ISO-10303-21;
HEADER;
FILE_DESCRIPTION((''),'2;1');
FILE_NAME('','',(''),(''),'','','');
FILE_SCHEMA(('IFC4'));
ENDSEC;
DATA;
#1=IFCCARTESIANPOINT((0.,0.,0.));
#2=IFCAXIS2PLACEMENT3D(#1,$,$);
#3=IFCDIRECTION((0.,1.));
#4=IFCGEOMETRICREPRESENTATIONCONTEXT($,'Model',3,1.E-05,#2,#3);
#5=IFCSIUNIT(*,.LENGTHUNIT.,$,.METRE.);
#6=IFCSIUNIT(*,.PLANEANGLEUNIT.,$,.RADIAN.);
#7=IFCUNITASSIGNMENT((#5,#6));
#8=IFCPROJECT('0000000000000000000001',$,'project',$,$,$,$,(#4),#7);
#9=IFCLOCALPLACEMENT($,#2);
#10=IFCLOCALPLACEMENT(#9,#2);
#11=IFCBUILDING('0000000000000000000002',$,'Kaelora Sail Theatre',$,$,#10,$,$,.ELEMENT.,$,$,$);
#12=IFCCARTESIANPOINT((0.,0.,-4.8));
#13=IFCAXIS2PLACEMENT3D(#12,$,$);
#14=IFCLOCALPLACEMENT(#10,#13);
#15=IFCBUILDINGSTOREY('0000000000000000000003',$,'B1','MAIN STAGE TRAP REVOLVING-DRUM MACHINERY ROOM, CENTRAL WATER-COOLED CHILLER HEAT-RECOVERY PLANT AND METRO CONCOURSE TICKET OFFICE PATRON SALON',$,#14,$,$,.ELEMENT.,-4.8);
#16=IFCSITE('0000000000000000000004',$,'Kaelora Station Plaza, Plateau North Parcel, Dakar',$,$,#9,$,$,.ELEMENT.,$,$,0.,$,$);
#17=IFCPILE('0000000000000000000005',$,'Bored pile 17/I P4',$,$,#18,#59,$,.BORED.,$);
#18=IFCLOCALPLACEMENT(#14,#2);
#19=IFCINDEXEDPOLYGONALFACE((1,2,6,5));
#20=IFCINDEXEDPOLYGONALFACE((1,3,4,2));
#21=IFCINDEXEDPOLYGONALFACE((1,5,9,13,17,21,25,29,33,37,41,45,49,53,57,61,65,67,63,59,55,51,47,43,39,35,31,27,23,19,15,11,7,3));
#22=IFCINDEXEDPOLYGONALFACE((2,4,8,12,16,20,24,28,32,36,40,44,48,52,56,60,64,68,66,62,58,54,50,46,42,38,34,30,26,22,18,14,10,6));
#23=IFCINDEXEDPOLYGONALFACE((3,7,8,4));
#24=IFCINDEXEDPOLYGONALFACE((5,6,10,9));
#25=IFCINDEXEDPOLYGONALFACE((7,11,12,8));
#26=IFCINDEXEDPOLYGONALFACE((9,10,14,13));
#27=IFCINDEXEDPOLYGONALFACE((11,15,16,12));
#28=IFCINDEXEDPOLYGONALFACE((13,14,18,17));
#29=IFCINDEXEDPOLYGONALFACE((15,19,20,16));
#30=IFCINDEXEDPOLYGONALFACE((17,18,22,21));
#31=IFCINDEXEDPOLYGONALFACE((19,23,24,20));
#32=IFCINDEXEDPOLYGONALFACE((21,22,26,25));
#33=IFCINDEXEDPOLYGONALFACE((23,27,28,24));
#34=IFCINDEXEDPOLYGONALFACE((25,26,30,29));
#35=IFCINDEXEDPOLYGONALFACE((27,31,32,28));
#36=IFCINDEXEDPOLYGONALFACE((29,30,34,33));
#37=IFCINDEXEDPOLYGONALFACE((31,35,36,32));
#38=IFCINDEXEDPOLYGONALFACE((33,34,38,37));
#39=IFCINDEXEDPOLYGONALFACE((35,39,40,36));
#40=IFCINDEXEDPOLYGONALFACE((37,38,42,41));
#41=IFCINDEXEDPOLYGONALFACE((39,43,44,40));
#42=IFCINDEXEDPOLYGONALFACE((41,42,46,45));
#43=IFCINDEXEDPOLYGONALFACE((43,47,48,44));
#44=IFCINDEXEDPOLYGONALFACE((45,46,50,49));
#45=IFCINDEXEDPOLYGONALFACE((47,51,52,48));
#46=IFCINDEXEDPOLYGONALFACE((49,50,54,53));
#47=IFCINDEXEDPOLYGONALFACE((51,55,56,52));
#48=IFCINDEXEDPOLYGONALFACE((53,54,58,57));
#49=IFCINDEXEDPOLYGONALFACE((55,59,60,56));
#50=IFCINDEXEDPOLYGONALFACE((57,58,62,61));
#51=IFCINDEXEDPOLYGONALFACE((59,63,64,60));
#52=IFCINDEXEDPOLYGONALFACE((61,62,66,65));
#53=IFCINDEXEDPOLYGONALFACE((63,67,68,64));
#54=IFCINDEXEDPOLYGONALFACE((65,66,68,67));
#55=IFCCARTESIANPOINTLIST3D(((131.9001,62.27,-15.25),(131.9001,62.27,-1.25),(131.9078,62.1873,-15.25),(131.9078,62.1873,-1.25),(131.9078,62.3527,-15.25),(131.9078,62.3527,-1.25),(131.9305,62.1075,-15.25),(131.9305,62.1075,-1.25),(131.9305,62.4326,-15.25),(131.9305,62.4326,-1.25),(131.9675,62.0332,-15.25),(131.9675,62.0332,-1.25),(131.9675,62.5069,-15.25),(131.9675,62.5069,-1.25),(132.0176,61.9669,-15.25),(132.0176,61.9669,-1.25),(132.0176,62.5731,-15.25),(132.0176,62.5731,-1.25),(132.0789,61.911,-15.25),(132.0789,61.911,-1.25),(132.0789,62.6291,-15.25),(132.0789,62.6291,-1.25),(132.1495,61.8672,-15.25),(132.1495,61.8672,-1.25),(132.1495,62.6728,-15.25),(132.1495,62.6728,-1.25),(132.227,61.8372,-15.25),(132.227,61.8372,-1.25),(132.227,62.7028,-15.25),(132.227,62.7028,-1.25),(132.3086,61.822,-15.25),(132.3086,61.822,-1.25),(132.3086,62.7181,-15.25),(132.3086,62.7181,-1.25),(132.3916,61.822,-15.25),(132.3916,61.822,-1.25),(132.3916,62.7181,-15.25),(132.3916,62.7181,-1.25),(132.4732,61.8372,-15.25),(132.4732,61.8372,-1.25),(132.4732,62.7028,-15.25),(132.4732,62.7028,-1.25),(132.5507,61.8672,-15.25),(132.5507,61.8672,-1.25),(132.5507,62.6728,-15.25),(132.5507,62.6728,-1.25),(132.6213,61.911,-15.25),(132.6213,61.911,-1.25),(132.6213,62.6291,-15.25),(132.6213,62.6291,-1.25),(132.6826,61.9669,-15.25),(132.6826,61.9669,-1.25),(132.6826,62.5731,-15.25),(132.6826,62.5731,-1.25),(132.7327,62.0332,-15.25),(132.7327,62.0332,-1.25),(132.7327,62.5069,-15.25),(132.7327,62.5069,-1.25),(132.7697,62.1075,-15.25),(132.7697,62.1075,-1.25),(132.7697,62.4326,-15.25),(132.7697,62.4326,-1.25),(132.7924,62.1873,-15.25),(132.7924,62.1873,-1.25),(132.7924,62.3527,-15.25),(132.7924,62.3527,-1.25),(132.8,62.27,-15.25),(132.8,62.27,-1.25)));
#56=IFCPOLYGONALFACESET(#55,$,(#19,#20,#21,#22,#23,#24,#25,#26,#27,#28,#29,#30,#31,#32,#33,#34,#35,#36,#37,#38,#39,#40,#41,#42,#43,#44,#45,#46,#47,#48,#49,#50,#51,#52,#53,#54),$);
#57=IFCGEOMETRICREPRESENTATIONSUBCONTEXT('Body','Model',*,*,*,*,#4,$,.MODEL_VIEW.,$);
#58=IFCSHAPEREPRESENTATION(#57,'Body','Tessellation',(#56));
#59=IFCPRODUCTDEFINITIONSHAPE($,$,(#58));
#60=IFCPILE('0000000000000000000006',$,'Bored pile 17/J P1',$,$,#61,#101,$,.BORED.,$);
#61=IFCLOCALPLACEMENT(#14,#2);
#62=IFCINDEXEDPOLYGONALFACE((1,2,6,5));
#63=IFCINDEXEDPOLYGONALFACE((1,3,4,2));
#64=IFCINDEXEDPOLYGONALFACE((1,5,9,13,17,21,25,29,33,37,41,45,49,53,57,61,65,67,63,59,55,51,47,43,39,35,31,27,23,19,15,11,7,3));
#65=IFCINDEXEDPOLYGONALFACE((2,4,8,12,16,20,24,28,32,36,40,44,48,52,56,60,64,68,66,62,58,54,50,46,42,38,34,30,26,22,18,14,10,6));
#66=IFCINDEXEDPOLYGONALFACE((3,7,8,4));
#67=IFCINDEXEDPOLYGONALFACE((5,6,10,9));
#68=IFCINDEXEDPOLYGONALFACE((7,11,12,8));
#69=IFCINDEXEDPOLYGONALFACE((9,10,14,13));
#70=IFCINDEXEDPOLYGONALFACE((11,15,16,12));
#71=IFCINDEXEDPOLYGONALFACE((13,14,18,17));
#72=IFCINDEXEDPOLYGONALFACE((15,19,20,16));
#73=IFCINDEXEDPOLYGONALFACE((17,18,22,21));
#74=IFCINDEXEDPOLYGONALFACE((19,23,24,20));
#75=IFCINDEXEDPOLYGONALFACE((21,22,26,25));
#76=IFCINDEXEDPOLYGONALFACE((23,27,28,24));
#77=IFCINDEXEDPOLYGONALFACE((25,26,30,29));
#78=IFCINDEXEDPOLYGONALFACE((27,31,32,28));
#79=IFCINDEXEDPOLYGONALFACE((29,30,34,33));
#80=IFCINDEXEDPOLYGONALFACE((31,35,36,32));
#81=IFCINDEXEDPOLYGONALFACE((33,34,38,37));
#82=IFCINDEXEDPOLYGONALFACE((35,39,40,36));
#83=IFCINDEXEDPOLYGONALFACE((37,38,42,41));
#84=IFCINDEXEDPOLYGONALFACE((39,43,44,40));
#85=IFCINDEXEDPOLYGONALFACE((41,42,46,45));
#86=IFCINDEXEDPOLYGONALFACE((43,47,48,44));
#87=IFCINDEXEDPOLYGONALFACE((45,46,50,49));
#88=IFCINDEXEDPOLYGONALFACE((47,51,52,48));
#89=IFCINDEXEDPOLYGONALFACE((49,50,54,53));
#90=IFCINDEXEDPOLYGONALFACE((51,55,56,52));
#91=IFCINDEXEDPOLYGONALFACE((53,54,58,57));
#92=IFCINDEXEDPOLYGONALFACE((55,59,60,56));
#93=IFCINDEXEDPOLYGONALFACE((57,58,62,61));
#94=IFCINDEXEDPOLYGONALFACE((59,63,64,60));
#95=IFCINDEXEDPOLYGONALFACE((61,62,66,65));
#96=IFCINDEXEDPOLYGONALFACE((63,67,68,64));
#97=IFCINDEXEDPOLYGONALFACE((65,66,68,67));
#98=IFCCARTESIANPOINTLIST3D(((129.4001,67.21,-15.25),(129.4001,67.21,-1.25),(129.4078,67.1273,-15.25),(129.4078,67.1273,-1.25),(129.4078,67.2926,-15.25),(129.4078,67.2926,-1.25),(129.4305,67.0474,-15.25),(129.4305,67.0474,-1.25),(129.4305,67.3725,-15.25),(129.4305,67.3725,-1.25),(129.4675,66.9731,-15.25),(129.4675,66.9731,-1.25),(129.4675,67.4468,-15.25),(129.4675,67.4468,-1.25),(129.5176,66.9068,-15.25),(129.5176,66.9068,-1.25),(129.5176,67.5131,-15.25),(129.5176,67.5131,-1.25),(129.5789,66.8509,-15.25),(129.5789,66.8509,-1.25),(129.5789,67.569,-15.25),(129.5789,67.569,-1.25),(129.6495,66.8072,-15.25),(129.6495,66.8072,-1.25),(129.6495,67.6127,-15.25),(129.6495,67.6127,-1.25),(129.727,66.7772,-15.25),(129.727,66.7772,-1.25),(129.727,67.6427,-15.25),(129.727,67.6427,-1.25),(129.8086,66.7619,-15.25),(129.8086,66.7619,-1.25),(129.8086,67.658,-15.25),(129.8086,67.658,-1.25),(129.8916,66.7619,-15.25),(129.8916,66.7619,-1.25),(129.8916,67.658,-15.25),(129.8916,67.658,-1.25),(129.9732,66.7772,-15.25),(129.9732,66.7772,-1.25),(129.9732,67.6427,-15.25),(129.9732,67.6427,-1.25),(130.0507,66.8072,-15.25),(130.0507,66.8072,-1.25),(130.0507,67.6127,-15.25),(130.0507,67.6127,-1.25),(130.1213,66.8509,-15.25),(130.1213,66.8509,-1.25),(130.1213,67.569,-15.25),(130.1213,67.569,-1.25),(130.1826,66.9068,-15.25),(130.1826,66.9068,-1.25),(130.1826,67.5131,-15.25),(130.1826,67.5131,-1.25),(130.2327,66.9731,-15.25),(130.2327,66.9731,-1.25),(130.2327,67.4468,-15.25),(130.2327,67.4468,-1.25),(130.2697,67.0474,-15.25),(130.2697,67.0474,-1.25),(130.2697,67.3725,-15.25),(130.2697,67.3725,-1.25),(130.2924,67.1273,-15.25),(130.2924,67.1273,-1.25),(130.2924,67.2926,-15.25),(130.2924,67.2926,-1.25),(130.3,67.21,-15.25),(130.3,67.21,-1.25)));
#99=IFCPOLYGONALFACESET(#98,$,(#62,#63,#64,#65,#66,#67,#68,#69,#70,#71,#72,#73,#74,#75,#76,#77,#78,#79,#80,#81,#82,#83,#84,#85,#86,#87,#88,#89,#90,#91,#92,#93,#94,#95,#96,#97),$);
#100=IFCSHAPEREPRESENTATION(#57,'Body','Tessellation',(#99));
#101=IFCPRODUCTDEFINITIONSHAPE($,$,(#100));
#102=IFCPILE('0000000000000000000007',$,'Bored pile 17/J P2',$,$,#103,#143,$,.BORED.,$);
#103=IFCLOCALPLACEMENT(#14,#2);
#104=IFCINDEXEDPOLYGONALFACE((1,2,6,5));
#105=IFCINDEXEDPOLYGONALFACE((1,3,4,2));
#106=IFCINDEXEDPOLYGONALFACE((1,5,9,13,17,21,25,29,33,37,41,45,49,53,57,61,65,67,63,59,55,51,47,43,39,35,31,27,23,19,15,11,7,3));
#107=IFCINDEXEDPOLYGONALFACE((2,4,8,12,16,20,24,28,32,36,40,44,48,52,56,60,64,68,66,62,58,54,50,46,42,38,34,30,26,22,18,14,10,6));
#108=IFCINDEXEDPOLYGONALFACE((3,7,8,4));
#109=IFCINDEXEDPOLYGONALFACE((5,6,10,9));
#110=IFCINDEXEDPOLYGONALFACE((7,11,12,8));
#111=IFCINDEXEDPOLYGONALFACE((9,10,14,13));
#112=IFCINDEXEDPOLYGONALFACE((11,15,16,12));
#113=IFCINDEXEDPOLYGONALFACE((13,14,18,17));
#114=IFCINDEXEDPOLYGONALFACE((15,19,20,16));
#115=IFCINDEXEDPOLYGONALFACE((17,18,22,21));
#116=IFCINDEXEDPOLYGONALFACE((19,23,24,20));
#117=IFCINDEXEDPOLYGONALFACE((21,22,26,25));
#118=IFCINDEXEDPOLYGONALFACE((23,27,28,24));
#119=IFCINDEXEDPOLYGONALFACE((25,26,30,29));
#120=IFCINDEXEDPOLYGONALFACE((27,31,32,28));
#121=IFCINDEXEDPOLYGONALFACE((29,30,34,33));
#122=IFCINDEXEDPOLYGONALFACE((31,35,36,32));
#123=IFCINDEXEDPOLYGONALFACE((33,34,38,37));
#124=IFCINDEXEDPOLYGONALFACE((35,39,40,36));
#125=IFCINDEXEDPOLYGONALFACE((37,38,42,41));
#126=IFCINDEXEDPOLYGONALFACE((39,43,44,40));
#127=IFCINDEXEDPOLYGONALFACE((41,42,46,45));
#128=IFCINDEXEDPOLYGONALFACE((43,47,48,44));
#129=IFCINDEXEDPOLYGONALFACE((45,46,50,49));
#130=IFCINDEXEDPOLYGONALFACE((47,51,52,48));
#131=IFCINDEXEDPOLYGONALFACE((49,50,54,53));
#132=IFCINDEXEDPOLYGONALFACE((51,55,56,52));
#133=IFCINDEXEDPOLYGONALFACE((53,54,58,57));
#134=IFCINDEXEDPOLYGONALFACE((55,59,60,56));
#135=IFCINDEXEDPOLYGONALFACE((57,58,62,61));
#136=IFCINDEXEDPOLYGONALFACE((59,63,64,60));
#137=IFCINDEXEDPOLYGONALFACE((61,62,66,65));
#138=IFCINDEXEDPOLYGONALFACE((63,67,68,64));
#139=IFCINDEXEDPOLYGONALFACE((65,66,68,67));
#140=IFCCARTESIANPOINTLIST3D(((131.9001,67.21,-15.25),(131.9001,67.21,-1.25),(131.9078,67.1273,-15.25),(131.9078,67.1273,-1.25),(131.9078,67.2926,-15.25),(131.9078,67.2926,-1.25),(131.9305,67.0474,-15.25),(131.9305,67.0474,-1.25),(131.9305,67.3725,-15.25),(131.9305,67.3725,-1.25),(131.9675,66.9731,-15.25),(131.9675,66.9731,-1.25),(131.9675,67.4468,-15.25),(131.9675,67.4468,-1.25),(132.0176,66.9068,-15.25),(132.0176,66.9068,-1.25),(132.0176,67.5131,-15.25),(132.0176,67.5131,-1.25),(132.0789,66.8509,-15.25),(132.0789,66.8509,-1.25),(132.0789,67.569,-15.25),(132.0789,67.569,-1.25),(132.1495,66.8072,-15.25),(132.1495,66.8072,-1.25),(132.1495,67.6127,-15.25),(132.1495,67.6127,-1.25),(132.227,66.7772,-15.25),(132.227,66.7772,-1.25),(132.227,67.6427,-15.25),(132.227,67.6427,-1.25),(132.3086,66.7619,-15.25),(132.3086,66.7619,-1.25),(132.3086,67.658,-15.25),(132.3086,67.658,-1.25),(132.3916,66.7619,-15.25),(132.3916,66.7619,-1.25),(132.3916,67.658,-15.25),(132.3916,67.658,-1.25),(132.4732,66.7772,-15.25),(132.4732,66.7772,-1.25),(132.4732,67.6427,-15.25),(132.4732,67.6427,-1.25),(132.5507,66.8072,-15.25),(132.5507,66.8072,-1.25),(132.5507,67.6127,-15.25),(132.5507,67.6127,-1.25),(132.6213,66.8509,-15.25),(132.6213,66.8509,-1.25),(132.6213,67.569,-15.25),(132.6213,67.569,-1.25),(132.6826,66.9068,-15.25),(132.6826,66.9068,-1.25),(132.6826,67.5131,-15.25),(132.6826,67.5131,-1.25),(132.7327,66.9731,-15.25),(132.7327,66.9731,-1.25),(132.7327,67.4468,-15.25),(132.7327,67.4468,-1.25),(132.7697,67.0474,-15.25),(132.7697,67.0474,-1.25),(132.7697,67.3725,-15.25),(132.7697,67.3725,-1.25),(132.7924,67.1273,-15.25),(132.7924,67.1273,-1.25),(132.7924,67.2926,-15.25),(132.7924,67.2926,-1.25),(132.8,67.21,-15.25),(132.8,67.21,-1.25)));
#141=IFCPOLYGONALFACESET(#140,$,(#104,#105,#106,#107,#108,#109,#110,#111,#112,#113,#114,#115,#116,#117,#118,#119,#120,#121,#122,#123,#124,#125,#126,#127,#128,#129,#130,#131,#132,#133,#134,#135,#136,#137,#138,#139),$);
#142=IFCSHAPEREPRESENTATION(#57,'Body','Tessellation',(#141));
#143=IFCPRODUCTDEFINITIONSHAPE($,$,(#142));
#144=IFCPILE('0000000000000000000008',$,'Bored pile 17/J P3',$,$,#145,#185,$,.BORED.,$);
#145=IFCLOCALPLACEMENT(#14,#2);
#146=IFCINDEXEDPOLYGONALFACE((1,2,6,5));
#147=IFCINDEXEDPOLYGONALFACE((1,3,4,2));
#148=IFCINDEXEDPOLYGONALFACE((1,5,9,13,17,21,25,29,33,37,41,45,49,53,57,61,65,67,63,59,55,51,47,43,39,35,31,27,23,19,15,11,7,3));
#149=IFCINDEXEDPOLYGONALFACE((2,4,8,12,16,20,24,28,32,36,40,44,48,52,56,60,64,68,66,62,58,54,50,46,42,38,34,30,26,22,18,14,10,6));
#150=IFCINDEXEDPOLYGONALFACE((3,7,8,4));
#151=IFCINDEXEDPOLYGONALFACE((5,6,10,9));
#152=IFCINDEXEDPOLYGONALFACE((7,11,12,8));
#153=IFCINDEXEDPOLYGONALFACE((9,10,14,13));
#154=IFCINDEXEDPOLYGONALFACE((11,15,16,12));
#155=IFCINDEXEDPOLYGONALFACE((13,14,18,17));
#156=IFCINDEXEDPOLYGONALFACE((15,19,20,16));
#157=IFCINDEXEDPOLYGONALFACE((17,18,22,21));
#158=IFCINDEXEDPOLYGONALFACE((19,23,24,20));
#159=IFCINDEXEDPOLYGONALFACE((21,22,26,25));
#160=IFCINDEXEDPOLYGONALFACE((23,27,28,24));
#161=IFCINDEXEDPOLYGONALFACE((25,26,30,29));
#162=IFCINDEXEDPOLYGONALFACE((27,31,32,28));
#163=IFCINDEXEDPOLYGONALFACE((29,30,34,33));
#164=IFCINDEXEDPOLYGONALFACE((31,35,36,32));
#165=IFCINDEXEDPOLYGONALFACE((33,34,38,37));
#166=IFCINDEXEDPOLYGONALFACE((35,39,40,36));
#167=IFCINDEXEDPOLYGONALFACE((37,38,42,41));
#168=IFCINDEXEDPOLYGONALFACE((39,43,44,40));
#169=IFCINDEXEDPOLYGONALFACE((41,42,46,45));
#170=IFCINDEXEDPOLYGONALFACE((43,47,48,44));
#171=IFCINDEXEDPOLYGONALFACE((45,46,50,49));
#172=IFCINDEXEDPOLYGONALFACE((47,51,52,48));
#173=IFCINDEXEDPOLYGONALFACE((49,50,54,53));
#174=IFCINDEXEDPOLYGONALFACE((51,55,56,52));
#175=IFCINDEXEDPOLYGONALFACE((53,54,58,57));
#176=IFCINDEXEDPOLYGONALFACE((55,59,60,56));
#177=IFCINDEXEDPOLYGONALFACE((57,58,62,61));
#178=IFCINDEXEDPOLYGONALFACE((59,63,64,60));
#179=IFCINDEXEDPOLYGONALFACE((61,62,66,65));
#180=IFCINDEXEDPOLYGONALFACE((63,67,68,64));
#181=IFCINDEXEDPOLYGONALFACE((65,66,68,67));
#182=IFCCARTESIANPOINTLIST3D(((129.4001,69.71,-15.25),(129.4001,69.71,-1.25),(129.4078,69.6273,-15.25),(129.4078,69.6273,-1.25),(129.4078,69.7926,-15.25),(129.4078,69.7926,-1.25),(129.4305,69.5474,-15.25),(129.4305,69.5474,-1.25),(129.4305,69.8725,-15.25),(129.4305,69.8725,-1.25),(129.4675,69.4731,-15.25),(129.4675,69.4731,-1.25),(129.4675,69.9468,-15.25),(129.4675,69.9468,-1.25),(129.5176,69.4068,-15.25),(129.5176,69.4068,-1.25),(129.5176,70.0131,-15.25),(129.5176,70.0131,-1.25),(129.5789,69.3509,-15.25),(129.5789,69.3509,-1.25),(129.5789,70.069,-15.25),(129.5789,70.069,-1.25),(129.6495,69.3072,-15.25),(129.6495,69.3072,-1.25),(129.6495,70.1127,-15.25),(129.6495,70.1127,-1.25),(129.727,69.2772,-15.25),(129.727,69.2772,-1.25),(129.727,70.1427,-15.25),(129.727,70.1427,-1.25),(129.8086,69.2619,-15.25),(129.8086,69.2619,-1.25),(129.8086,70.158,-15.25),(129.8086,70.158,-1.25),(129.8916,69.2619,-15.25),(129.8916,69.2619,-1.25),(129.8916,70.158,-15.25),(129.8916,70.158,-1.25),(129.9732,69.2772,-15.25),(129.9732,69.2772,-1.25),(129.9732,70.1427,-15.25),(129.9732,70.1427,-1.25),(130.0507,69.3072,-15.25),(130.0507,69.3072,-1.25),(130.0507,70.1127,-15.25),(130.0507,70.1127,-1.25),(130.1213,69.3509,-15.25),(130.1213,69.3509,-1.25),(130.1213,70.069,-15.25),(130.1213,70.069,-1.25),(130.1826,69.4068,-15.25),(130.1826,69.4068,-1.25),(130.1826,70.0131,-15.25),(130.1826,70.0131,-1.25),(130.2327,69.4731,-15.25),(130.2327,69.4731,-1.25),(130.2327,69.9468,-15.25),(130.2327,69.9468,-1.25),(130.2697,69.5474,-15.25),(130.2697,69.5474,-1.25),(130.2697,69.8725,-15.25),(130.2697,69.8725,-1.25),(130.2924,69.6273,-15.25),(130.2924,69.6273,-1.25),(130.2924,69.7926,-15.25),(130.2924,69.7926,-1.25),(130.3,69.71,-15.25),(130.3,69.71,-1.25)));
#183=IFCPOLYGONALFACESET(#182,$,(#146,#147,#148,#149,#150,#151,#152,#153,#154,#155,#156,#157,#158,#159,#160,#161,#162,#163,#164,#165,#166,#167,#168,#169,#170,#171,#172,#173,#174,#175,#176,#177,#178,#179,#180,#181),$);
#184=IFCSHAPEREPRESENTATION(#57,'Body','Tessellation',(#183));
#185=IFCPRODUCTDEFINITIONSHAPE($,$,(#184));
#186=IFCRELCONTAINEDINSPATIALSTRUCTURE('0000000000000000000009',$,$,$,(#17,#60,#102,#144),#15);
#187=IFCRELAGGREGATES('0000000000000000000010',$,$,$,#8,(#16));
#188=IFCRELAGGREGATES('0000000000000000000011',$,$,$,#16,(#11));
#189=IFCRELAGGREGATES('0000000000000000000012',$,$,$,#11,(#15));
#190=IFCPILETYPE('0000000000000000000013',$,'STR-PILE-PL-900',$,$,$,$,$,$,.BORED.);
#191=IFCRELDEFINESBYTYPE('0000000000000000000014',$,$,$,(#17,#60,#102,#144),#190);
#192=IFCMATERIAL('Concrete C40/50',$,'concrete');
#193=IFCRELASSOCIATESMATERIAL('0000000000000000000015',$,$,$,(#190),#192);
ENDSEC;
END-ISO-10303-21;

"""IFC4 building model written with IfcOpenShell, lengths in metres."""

from ifc_helpers import new_model, si_unit, direction, frame, origin, origin_2d, place, context, subcontext, project, spatial, circle, extrude, material, material_profile, profile_set, type_object, element, save


model = new_model("IFC4")

# Units and contexts
model_context = context("Model", 3, precision=1e-05, world=origin(), true_north=direction((0.0, 1.0)))
body_context = subcontext(model_context, "Body", "Model", "MODEL_VIEW")
ifc_project = project(units=[si_unit("LENGTHUNIT", "METRE"), si_unit("PLANEANGLEUNIT", "RADIAN")], contexts=[model_context])

# Site, building, storey
site_placement = place(None, origin())
site = spatial("IfcSite", under=ifc_project, at=site_placement, Name="Kaelora Station Plaza, Plateau North Parcel, Dakar", CompositionType="ELEMENT", RefElevation=0.0)
building_placement = place(site_placement, origin())
building = spatial("IfcBuilding", under=site, at=building_placement, Name="Kaelora Sail Theatre", CompositionType="ELEMENT")
storey_placement = place(building_placement, frame((0.0, 0.0, -4.8)))
storey = spatial("IfcBuildingStorey", under=building, at=storey_placement, Name="B1", Description="MAIN STAGE TRAP REVOLVING-DRUM MACHINERY ROOM, CENTRAL WATER-COOLED CHILLER HEAT-RECOVERY PLANT AND METRO CONCOURSE TICKET OFFICE PATRON SALON", CompositionType="ELEMENT", Elevation=-4.8)

# Piles
ifc_material_1 = material(Name="Concrete C40/50", Category="concrete")
ifc_material_profile_1 = material_profile(ifc_material_1, circle(Radius=0.45, at=origin_2d()), Name="PILE D900")
ifc_profile_set_1 = profile_set([ifc_material_profile_1], Name="Concrete C40/50")
pile_type_1 = type_object("IfcPileType", Name="STR-PILE-PL-900", PredefinedType="BORED", material=ifc_profile_set_1)
for number, where, z_axis, x_axis, name in (
    (1, (132.3501, 62.27, -1.25), (0.0, 0.0, -1.0), (1.0, 0.0, 0.0), "Bored pile 17/I P4"),
    (2, (129.8501, 67.21, -1.25), (0.0, 0.0, -1.0), (1.0, 0.0, 0.0), "Bored pile 17/J P1"),
    (3, (132.3501, 67.21, -1.25), (0.0, 0.0, -1.0), (1.0, 0.0, 0.0), "Bored pile 17/J P2"),
    (4, (129.8501, 69.71, -1.25), (0.0, 0.0, -1.0), (1.0, 0.0, 0.0), "Bored pile 17/J P3"),
):
    element("IfcPile", number, at=place(storey_placement, frame(where, z_axis=z_axis, x_axis=x_axis)), inside=storey, type_object=pile_type_1, Name=name, PredefinedType="BORED", context=body_context, shape_type="SweptSolid", body=[
        extrude(circle(Radius=0.45, at=origin_2d()), origin(), (0.0, 0.0, 1.0), 14.0),
    ])

save(model, "model.ifc")
